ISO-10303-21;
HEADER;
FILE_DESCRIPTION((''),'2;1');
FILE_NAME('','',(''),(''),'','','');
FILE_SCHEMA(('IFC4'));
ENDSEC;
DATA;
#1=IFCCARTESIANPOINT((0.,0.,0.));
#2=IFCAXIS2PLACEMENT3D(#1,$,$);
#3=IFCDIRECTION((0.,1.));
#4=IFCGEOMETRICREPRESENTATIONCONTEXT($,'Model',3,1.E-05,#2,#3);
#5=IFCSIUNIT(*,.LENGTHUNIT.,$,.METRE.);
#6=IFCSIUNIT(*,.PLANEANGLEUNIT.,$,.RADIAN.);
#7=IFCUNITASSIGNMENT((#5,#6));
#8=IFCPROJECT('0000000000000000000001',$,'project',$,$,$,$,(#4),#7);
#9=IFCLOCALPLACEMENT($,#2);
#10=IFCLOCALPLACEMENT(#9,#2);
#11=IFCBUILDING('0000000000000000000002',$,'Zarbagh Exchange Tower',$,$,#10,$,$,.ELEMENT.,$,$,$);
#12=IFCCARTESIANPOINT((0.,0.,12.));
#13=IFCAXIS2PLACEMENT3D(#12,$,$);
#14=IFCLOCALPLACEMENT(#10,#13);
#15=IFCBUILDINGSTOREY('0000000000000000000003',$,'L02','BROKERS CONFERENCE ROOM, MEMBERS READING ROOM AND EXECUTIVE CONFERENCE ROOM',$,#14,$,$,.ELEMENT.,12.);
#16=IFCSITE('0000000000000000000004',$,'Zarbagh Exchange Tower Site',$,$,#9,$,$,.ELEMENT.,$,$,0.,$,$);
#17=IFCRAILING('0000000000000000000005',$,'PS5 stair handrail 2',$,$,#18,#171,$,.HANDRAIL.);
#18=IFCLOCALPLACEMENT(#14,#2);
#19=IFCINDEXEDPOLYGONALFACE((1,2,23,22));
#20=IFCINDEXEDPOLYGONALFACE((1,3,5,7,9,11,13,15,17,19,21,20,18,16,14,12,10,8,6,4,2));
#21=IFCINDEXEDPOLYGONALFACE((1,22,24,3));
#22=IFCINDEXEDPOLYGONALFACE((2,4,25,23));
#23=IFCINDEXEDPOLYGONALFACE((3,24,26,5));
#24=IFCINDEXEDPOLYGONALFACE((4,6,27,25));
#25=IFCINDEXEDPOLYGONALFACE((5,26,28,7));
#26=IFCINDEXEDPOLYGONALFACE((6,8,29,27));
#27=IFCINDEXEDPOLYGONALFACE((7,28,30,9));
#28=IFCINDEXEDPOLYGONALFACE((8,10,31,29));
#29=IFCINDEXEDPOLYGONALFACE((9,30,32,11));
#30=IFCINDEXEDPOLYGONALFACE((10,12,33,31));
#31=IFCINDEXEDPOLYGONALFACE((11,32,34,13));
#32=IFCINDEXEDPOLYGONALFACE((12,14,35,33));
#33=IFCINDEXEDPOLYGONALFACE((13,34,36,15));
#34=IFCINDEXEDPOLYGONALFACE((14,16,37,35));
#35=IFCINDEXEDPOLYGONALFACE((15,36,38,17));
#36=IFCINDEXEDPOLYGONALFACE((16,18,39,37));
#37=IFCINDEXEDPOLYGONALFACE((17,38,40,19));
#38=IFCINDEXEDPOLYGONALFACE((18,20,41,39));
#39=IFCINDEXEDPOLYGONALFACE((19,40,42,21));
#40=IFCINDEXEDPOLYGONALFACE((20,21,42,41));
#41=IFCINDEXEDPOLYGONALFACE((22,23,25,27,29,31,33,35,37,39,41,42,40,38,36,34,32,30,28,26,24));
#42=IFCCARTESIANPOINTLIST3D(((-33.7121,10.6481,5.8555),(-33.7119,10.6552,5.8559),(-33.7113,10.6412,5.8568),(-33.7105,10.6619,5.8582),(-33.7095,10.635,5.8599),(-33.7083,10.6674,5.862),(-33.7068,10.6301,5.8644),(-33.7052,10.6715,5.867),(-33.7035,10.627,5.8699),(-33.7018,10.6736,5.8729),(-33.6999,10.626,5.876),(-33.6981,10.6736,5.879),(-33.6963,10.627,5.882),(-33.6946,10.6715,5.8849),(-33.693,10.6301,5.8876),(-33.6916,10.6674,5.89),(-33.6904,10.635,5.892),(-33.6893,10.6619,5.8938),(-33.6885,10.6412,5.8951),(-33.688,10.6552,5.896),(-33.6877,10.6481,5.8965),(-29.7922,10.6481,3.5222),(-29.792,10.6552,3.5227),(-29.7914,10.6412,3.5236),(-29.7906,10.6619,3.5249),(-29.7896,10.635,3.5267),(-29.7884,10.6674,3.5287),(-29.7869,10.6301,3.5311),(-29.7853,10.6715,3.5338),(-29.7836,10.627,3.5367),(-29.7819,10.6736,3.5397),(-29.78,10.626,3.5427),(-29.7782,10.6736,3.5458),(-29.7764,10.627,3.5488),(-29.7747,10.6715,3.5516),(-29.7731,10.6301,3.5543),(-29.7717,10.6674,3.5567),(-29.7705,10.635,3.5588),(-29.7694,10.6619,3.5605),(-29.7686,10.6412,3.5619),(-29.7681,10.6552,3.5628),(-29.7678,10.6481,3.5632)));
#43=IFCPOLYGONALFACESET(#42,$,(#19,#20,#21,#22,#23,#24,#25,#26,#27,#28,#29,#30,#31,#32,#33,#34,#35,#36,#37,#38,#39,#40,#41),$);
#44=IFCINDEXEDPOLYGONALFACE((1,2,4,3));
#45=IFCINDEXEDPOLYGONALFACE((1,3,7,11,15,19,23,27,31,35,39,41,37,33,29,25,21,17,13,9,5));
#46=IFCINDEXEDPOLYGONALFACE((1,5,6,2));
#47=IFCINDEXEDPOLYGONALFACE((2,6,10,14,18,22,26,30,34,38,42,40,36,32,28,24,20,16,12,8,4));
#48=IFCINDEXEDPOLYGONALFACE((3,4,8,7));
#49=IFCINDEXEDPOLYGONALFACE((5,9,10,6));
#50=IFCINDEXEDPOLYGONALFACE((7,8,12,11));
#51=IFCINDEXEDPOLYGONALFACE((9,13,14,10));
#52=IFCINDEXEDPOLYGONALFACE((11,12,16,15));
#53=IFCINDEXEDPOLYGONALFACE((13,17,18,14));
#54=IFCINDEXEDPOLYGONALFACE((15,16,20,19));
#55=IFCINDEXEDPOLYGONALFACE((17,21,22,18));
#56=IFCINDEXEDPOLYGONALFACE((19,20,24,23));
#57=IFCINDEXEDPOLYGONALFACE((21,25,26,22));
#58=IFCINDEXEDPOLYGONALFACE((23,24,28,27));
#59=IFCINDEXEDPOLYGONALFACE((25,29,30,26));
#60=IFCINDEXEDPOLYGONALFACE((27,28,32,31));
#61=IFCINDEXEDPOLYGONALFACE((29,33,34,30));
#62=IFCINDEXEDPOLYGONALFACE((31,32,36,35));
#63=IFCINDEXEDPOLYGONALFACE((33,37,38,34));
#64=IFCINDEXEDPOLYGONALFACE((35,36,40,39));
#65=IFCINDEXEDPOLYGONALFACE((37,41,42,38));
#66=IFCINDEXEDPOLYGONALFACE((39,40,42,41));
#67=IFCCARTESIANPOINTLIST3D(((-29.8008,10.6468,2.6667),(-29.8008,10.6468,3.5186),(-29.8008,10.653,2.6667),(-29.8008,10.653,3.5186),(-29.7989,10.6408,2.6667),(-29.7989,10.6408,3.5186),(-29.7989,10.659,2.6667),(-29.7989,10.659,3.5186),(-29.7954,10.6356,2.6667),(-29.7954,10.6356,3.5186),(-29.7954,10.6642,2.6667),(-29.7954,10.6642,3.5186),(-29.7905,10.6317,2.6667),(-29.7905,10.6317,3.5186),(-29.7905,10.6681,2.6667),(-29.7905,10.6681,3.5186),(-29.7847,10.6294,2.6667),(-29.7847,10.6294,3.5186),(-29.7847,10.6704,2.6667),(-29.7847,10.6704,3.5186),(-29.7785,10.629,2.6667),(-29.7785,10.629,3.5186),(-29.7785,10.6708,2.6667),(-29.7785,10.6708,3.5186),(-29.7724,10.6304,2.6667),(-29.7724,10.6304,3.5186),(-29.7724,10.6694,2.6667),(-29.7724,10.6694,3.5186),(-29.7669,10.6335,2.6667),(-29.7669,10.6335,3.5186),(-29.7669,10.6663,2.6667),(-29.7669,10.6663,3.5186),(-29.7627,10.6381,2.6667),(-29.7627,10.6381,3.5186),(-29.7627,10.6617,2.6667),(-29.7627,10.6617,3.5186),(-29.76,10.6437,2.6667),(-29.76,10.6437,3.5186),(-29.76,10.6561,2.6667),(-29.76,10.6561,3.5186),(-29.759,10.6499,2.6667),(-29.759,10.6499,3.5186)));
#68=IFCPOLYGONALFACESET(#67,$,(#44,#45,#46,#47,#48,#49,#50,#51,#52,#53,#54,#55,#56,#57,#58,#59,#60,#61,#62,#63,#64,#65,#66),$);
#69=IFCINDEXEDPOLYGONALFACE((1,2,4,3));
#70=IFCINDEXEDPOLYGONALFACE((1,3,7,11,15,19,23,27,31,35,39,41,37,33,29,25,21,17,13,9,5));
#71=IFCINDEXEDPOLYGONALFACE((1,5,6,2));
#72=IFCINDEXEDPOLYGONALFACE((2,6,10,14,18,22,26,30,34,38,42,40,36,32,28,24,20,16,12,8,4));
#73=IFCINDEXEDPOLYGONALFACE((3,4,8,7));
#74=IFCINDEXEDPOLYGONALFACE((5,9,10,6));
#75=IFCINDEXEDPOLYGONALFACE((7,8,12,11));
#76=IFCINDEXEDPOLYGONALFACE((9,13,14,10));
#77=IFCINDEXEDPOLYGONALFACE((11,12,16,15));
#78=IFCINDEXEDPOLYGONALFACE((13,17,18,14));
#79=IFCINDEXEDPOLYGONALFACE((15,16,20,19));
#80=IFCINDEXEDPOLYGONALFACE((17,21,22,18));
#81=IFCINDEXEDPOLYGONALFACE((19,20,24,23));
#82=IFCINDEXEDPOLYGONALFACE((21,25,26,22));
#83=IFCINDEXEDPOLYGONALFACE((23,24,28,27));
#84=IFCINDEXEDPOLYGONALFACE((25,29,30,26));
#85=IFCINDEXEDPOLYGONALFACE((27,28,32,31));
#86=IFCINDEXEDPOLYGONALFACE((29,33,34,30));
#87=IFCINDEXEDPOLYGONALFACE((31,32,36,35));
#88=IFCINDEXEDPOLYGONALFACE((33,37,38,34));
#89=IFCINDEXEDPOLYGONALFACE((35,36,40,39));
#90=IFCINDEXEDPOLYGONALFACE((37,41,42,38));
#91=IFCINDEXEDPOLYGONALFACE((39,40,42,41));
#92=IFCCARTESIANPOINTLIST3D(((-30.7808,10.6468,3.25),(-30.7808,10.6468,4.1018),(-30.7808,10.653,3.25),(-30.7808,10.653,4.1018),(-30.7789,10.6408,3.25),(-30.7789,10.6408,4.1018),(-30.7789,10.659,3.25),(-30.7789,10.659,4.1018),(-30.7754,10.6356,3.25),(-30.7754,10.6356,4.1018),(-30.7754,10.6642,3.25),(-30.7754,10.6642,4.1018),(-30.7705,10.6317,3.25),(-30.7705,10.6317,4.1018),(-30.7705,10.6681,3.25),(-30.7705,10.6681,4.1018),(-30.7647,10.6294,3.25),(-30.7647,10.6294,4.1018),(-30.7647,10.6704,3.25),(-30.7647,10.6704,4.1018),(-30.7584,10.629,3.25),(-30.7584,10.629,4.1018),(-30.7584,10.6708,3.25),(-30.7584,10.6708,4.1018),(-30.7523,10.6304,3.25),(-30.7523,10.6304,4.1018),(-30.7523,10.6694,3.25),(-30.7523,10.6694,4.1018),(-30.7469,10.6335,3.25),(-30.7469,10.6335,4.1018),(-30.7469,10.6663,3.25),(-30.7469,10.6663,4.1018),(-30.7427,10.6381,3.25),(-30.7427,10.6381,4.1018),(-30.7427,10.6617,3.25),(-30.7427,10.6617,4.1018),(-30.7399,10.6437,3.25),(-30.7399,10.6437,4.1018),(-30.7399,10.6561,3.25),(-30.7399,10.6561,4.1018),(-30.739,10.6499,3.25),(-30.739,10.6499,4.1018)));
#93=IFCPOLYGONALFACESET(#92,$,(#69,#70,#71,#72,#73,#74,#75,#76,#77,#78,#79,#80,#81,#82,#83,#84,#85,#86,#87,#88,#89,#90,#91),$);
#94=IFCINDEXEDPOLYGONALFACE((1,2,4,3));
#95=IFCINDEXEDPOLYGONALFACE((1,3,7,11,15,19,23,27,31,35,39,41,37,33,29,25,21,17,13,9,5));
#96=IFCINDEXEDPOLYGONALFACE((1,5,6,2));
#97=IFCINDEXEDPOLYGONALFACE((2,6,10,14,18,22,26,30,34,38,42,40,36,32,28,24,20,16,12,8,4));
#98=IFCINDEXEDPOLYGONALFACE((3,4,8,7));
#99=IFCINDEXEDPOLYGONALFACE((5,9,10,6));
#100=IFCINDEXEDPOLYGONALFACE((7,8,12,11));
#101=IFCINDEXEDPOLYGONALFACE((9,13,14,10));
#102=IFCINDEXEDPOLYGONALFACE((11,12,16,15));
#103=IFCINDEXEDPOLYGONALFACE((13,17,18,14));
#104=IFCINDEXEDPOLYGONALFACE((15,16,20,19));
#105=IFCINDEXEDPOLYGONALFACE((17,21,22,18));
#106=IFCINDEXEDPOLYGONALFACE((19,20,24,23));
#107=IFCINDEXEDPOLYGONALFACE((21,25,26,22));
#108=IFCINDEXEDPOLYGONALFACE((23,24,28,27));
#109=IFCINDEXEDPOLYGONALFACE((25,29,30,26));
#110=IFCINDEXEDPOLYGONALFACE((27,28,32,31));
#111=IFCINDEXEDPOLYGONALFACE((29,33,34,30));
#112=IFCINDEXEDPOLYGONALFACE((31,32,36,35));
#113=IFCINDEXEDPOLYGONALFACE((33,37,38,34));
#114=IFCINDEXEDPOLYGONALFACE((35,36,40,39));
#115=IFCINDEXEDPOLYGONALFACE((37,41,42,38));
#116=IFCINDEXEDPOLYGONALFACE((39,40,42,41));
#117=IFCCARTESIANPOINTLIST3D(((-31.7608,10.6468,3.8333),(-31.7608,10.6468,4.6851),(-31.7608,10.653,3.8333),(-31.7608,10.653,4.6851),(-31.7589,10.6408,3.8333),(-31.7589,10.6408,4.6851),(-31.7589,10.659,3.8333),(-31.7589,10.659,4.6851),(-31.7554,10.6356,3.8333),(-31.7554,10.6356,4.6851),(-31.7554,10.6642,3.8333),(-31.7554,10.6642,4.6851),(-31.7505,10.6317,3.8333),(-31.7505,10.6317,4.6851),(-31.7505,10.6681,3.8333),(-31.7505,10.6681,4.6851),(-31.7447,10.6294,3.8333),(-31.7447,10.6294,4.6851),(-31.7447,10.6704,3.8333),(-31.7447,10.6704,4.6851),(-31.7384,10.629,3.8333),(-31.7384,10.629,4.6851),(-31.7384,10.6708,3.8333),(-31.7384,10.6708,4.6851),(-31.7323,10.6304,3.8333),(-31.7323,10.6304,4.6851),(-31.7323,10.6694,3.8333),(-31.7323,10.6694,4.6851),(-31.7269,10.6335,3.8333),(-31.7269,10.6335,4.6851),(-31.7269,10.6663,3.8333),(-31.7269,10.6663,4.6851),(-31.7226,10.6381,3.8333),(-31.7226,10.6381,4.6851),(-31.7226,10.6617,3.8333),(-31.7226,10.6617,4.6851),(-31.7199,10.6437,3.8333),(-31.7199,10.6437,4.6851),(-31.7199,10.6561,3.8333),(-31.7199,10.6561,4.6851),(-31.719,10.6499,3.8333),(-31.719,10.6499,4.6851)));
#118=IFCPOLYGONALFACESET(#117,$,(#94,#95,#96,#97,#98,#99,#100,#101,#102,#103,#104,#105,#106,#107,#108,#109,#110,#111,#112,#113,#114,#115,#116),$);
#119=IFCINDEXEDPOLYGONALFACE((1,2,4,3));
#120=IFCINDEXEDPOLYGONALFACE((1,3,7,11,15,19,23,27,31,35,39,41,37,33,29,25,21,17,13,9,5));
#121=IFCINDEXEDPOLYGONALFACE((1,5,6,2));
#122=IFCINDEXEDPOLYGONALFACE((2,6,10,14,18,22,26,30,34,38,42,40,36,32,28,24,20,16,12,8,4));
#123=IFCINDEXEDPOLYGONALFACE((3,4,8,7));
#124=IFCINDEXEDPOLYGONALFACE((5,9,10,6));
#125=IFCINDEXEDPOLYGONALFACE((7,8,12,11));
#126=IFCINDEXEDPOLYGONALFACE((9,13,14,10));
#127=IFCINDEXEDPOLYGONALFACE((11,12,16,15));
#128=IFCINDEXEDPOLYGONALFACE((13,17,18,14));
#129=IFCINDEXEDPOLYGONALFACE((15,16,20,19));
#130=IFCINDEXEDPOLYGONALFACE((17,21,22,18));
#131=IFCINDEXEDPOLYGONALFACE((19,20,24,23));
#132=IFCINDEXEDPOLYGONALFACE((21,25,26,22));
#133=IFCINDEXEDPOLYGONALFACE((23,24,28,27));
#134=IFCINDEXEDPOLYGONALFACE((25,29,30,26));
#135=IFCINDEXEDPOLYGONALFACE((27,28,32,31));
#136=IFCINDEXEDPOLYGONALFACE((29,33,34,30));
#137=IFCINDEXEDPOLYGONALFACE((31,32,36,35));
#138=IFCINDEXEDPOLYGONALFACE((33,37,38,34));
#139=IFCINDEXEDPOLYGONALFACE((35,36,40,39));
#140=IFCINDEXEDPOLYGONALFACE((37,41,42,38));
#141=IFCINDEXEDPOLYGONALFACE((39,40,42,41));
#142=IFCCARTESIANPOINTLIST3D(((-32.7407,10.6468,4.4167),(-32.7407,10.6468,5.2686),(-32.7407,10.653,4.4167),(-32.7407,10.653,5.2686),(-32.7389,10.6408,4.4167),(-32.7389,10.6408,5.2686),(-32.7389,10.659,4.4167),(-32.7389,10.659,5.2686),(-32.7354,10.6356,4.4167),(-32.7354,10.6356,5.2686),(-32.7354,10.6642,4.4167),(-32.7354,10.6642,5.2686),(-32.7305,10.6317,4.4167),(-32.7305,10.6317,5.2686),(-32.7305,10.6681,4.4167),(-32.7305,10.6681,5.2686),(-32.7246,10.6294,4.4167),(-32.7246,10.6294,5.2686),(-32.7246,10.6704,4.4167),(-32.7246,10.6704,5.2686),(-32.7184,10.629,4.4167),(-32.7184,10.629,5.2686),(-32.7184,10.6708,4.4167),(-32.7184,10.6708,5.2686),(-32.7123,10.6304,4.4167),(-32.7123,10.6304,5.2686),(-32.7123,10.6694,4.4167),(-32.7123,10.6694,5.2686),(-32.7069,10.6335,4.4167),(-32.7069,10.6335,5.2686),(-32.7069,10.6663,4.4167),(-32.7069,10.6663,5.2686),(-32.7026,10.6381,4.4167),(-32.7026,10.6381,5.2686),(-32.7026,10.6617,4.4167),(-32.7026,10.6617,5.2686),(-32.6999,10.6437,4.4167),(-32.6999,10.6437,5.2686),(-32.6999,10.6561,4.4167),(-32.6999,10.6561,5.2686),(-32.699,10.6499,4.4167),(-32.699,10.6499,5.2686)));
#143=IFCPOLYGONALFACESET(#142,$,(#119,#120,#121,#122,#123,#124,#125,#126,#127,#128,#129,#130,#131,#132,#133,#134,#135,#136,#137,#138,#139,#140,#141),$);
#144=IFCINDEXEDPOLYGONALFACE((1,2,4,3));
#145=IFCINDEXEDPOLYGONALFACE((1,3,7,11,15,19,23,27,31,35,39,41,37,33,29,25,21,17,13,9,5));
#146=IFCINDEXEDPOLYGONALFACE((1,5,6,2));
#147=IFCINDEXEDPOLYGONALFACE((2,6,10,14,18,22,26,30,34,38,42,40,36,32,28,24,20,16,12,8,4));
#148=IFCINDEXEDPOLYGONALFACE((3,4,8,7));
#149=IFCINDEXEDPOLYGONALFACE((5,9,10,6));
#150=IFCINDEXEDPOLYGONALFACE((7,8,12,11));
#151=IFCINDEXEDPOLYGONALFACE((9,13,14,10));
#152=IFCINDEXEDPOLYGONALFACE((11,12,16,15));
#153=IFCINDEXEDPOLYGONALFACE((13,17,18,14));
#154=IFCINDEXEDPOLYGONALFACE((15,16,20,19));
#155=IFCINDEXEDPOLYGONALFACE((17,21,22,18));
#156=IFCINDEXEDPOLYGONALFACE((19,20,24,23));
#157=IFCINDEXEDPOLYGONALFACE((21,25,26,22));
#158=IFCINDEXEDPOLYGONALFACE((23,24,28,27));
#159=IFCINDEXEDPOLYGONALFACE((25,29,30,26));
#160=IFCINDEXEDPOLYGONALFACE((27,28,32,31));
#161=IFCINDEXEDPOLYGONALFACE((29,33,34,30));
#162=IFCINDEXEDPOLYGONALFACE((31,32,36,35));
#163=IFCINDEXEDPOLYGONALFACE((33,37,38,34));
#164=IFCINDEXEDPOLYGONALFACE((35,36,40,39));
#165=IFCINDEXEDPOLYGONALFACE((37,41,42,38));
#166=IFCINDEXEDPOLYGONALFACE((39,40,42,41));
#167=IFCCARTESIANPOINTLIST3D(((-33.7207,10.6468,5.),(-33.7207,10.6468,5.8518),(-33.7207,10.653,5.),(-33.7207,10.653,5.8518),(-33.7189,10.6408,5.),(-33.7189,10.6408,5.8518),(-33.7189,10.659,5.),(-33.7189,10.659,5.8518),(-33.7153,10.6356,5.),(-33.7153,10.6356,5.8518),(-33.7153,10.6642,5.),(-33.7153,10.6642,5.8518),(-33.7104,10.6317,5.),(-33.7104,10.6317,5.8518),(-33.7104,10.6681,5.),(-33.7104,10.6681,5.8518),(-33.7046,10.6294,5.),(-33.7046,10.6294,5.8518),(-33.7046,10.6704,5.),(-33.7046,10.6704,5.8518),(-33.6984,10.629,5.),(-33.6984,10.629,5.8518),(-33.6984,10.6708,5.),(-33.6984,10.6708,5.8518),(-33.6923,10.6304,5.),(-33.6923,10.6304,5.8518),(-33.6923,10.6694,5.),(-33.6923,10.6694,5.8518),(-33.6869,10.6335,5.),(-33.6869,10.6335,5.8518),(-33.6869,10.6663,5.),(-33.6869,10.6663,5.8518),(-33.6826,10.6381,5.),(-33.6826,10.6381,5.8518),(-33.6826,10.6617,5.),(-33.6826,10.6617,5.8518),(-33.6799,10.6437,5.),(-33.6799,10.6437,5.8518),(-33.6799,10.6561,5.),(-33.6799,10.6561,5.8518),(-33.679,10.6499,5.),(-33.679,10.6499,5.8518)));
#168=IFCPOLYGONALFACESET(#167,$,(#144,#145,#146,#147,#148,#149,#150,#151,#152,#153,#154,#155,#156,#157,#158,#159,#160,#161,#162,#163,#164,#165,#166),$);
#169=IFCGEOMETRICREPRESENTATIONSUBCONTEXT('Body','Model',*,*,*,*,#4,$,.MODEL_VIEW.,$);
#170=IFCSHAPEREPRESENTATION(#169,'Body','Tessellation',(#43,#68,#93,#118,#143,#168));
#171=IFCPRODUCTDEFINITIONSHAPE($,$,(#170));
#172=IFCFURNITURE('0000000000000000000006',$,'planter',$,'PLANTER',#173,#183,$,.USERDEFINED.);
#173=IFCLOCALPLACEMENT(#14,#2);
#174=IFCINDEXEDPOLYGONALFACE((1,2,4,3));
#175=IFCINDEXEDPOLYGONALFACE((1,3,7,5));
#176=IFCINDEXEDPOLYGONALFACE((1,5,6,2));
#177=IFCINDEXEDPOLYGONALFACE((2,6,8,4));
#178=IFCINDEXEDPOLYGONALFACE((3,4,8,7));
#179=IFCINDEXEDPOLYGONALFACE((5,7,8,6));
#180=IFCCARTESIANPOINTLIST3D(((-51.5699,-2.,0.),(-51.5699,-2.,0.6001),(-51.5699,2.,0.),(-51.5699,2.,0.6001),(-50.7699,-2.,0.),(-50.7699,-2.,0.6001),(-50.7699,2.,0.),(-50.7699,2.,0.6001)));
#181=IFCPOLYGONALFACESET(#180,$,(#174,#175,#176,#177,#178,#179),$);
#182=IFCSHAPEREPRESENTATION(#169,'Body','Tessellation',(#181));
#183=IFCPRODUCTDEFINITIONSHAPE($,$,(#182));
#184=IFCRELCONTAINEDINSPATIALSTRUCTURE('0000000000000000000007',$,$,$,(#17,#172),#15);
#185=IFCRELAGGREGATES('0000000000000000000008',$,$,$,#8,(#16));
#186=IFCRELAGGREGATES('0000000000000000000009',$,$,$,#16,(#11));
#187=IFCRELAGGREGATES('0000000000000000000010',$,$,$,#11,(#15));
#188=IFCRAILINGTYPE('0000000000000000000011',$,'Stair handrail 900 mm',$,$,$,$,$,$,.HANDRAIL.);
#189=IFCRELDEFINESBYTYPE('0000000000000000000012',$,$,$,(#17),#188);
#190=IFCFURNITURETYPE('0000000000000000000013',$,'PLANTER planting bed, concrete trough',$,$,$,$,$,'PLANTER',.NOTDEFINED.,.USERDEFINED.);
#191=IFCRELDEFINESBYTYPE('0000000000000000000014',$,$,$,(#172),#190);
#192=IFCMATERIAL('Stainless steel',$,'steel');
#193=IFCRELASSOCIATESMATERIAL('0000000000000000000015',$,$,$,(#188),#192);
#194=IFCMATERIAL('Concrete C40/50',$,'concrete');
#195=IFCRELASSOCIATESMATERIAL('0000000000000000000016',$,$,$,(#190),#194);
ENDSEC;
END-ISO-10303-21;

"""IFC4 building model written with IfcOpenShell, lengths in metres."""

from ifc_helpers import new_model, si_unit, direction, frame, origin, origin_2d, place, context, subcontext, project, spatial, rectangle, circle, extrude, material, type_object, element, save


model = new_model("IFC4")

# Units and contexts
model_context = context("Model", 3, precision=1e-05, world=origin(), true_north=direction((0.0, 1.0)))
body_context = subcontext(model_context, "Body", "Model", "MODEL_VIEW")
ifc_project = project(units=[si_unit("LENGTHUNIT", "METRE"), si_unit("PLANEANGLEUNIT", "RADIAN")], contexts=[model_context])

# Site, building, storey
site_placement = place(None, origin())
site = spatial("IfcSite", under=ifc_project, at=site_placement, Name="Zarbagh Exchange Tower Site", CompositionType="ELEMENT", RefElevation=0.0)
building_placement = place(site_placement, origin())
building = spatial("IfcBuilding", under=site, at=building_placement, Name="Zarbagh Exchange Tower", CompositionType="ELEMENT")
storey_placement = place(building_placement, frame((0.0, 0.0, 12.0)))
storey = spatial("IfcBuildingStorey", under=building, at=storey_placement, Name="L02", Description="BROKERS CONFERENCE ROOM, MEMBERS READING ROOM AND EXECUTIVE CONFERENCE ROOM", CompositionType="ELEMENT", Elevation=12.0)

# Shared definitions
ifc_material_1 = material(Name="Concrete C40/50", Category="concrete")

# Railing
ifc_material_2 = material(Name="Stainless steel", Category="steel")
railing_type_1 = type_object("IfcRailingType", Name="Stair handrail 900 mm", PredefinedType="HANDRAIL", material=ifc_material_2)
railing_1_placement = place(storey_placement, frame((-29.78, 10.6499, 2.6667)))
element("IfcRailing", 1, at=railing_1_placement, inside=storey, type_object=railing_type_1, Name="PS5 stair handrail 2", PredefinedType="HANDRAIL", context=body_context, shape_type="SweptSolid", body=[
    extrude(circle(Radius=0.0239, at=origin_2d()), frame((0.0, 0.0, 0.876), z_axis=(-0.859296, 0.0, 0.511478), x_axis=(0.0, -1.0, 0.0)), (0.0, 0.0, 1.0), 4.5618),
    extrude(circle(Radius=0.021, at=origin_2d()), origin(), (0.0, 0.0, 1.0), 0.8518),
    extrude(circle(Radius=0.021, at=origin_2d()), frame((-0.98, 0.0, 0.5833)), (0.0, 0.0, 1.0), 0.8518),
    extrude(circle(Radius=0.021, at=origin_2d()), frame((-1.96, 0.0, 1.1665)), (0.0, 0.0, 1.0), 0.8518),
    extrude(circle(Radius=0.021, at=origin_2d()), frame((-2.9399, 0.0, 1.75)), (0.0, 0.0, 1.0), 0.8518),
    extrude(circle(Radius=0.021, at=origin_2d()), frame((-3.9199, 0.0, 2.3333)), (0.0, 0.0, 1.0), 0.8518),
])

# Furniture
furniture_type = type_object("IfcFurnitureType", Name="PLANTER planting bed, concrete trough", ElementType="PLANTER", AssemblyPlace="NOTDEFINED", PredefinedType="USERDEFINED", material=ifc_material_1)
furniture_placement = place(storey_placement, frame((-51.1699, 0.0, 0.0), z_axis=(0.0, 0.0, 1.0), x_axis=(0.0, 1.0, 0.0)))
element("IfcFurniture", 2, at=furniture_placement, inside=storey, type_object=furniture_type, Name="planter", ObjectType="PLANTER", PredefinedType="USERDEFINED", context=body_context, shape_type="SweptSolid", body=[
    extrude(rectangle(XDim=4.0, YDim=0.8, at=origin_2d()), origin(), (0.0, 0.0, 1.0), 0.6001),
])

save(model, "model.ifc")
